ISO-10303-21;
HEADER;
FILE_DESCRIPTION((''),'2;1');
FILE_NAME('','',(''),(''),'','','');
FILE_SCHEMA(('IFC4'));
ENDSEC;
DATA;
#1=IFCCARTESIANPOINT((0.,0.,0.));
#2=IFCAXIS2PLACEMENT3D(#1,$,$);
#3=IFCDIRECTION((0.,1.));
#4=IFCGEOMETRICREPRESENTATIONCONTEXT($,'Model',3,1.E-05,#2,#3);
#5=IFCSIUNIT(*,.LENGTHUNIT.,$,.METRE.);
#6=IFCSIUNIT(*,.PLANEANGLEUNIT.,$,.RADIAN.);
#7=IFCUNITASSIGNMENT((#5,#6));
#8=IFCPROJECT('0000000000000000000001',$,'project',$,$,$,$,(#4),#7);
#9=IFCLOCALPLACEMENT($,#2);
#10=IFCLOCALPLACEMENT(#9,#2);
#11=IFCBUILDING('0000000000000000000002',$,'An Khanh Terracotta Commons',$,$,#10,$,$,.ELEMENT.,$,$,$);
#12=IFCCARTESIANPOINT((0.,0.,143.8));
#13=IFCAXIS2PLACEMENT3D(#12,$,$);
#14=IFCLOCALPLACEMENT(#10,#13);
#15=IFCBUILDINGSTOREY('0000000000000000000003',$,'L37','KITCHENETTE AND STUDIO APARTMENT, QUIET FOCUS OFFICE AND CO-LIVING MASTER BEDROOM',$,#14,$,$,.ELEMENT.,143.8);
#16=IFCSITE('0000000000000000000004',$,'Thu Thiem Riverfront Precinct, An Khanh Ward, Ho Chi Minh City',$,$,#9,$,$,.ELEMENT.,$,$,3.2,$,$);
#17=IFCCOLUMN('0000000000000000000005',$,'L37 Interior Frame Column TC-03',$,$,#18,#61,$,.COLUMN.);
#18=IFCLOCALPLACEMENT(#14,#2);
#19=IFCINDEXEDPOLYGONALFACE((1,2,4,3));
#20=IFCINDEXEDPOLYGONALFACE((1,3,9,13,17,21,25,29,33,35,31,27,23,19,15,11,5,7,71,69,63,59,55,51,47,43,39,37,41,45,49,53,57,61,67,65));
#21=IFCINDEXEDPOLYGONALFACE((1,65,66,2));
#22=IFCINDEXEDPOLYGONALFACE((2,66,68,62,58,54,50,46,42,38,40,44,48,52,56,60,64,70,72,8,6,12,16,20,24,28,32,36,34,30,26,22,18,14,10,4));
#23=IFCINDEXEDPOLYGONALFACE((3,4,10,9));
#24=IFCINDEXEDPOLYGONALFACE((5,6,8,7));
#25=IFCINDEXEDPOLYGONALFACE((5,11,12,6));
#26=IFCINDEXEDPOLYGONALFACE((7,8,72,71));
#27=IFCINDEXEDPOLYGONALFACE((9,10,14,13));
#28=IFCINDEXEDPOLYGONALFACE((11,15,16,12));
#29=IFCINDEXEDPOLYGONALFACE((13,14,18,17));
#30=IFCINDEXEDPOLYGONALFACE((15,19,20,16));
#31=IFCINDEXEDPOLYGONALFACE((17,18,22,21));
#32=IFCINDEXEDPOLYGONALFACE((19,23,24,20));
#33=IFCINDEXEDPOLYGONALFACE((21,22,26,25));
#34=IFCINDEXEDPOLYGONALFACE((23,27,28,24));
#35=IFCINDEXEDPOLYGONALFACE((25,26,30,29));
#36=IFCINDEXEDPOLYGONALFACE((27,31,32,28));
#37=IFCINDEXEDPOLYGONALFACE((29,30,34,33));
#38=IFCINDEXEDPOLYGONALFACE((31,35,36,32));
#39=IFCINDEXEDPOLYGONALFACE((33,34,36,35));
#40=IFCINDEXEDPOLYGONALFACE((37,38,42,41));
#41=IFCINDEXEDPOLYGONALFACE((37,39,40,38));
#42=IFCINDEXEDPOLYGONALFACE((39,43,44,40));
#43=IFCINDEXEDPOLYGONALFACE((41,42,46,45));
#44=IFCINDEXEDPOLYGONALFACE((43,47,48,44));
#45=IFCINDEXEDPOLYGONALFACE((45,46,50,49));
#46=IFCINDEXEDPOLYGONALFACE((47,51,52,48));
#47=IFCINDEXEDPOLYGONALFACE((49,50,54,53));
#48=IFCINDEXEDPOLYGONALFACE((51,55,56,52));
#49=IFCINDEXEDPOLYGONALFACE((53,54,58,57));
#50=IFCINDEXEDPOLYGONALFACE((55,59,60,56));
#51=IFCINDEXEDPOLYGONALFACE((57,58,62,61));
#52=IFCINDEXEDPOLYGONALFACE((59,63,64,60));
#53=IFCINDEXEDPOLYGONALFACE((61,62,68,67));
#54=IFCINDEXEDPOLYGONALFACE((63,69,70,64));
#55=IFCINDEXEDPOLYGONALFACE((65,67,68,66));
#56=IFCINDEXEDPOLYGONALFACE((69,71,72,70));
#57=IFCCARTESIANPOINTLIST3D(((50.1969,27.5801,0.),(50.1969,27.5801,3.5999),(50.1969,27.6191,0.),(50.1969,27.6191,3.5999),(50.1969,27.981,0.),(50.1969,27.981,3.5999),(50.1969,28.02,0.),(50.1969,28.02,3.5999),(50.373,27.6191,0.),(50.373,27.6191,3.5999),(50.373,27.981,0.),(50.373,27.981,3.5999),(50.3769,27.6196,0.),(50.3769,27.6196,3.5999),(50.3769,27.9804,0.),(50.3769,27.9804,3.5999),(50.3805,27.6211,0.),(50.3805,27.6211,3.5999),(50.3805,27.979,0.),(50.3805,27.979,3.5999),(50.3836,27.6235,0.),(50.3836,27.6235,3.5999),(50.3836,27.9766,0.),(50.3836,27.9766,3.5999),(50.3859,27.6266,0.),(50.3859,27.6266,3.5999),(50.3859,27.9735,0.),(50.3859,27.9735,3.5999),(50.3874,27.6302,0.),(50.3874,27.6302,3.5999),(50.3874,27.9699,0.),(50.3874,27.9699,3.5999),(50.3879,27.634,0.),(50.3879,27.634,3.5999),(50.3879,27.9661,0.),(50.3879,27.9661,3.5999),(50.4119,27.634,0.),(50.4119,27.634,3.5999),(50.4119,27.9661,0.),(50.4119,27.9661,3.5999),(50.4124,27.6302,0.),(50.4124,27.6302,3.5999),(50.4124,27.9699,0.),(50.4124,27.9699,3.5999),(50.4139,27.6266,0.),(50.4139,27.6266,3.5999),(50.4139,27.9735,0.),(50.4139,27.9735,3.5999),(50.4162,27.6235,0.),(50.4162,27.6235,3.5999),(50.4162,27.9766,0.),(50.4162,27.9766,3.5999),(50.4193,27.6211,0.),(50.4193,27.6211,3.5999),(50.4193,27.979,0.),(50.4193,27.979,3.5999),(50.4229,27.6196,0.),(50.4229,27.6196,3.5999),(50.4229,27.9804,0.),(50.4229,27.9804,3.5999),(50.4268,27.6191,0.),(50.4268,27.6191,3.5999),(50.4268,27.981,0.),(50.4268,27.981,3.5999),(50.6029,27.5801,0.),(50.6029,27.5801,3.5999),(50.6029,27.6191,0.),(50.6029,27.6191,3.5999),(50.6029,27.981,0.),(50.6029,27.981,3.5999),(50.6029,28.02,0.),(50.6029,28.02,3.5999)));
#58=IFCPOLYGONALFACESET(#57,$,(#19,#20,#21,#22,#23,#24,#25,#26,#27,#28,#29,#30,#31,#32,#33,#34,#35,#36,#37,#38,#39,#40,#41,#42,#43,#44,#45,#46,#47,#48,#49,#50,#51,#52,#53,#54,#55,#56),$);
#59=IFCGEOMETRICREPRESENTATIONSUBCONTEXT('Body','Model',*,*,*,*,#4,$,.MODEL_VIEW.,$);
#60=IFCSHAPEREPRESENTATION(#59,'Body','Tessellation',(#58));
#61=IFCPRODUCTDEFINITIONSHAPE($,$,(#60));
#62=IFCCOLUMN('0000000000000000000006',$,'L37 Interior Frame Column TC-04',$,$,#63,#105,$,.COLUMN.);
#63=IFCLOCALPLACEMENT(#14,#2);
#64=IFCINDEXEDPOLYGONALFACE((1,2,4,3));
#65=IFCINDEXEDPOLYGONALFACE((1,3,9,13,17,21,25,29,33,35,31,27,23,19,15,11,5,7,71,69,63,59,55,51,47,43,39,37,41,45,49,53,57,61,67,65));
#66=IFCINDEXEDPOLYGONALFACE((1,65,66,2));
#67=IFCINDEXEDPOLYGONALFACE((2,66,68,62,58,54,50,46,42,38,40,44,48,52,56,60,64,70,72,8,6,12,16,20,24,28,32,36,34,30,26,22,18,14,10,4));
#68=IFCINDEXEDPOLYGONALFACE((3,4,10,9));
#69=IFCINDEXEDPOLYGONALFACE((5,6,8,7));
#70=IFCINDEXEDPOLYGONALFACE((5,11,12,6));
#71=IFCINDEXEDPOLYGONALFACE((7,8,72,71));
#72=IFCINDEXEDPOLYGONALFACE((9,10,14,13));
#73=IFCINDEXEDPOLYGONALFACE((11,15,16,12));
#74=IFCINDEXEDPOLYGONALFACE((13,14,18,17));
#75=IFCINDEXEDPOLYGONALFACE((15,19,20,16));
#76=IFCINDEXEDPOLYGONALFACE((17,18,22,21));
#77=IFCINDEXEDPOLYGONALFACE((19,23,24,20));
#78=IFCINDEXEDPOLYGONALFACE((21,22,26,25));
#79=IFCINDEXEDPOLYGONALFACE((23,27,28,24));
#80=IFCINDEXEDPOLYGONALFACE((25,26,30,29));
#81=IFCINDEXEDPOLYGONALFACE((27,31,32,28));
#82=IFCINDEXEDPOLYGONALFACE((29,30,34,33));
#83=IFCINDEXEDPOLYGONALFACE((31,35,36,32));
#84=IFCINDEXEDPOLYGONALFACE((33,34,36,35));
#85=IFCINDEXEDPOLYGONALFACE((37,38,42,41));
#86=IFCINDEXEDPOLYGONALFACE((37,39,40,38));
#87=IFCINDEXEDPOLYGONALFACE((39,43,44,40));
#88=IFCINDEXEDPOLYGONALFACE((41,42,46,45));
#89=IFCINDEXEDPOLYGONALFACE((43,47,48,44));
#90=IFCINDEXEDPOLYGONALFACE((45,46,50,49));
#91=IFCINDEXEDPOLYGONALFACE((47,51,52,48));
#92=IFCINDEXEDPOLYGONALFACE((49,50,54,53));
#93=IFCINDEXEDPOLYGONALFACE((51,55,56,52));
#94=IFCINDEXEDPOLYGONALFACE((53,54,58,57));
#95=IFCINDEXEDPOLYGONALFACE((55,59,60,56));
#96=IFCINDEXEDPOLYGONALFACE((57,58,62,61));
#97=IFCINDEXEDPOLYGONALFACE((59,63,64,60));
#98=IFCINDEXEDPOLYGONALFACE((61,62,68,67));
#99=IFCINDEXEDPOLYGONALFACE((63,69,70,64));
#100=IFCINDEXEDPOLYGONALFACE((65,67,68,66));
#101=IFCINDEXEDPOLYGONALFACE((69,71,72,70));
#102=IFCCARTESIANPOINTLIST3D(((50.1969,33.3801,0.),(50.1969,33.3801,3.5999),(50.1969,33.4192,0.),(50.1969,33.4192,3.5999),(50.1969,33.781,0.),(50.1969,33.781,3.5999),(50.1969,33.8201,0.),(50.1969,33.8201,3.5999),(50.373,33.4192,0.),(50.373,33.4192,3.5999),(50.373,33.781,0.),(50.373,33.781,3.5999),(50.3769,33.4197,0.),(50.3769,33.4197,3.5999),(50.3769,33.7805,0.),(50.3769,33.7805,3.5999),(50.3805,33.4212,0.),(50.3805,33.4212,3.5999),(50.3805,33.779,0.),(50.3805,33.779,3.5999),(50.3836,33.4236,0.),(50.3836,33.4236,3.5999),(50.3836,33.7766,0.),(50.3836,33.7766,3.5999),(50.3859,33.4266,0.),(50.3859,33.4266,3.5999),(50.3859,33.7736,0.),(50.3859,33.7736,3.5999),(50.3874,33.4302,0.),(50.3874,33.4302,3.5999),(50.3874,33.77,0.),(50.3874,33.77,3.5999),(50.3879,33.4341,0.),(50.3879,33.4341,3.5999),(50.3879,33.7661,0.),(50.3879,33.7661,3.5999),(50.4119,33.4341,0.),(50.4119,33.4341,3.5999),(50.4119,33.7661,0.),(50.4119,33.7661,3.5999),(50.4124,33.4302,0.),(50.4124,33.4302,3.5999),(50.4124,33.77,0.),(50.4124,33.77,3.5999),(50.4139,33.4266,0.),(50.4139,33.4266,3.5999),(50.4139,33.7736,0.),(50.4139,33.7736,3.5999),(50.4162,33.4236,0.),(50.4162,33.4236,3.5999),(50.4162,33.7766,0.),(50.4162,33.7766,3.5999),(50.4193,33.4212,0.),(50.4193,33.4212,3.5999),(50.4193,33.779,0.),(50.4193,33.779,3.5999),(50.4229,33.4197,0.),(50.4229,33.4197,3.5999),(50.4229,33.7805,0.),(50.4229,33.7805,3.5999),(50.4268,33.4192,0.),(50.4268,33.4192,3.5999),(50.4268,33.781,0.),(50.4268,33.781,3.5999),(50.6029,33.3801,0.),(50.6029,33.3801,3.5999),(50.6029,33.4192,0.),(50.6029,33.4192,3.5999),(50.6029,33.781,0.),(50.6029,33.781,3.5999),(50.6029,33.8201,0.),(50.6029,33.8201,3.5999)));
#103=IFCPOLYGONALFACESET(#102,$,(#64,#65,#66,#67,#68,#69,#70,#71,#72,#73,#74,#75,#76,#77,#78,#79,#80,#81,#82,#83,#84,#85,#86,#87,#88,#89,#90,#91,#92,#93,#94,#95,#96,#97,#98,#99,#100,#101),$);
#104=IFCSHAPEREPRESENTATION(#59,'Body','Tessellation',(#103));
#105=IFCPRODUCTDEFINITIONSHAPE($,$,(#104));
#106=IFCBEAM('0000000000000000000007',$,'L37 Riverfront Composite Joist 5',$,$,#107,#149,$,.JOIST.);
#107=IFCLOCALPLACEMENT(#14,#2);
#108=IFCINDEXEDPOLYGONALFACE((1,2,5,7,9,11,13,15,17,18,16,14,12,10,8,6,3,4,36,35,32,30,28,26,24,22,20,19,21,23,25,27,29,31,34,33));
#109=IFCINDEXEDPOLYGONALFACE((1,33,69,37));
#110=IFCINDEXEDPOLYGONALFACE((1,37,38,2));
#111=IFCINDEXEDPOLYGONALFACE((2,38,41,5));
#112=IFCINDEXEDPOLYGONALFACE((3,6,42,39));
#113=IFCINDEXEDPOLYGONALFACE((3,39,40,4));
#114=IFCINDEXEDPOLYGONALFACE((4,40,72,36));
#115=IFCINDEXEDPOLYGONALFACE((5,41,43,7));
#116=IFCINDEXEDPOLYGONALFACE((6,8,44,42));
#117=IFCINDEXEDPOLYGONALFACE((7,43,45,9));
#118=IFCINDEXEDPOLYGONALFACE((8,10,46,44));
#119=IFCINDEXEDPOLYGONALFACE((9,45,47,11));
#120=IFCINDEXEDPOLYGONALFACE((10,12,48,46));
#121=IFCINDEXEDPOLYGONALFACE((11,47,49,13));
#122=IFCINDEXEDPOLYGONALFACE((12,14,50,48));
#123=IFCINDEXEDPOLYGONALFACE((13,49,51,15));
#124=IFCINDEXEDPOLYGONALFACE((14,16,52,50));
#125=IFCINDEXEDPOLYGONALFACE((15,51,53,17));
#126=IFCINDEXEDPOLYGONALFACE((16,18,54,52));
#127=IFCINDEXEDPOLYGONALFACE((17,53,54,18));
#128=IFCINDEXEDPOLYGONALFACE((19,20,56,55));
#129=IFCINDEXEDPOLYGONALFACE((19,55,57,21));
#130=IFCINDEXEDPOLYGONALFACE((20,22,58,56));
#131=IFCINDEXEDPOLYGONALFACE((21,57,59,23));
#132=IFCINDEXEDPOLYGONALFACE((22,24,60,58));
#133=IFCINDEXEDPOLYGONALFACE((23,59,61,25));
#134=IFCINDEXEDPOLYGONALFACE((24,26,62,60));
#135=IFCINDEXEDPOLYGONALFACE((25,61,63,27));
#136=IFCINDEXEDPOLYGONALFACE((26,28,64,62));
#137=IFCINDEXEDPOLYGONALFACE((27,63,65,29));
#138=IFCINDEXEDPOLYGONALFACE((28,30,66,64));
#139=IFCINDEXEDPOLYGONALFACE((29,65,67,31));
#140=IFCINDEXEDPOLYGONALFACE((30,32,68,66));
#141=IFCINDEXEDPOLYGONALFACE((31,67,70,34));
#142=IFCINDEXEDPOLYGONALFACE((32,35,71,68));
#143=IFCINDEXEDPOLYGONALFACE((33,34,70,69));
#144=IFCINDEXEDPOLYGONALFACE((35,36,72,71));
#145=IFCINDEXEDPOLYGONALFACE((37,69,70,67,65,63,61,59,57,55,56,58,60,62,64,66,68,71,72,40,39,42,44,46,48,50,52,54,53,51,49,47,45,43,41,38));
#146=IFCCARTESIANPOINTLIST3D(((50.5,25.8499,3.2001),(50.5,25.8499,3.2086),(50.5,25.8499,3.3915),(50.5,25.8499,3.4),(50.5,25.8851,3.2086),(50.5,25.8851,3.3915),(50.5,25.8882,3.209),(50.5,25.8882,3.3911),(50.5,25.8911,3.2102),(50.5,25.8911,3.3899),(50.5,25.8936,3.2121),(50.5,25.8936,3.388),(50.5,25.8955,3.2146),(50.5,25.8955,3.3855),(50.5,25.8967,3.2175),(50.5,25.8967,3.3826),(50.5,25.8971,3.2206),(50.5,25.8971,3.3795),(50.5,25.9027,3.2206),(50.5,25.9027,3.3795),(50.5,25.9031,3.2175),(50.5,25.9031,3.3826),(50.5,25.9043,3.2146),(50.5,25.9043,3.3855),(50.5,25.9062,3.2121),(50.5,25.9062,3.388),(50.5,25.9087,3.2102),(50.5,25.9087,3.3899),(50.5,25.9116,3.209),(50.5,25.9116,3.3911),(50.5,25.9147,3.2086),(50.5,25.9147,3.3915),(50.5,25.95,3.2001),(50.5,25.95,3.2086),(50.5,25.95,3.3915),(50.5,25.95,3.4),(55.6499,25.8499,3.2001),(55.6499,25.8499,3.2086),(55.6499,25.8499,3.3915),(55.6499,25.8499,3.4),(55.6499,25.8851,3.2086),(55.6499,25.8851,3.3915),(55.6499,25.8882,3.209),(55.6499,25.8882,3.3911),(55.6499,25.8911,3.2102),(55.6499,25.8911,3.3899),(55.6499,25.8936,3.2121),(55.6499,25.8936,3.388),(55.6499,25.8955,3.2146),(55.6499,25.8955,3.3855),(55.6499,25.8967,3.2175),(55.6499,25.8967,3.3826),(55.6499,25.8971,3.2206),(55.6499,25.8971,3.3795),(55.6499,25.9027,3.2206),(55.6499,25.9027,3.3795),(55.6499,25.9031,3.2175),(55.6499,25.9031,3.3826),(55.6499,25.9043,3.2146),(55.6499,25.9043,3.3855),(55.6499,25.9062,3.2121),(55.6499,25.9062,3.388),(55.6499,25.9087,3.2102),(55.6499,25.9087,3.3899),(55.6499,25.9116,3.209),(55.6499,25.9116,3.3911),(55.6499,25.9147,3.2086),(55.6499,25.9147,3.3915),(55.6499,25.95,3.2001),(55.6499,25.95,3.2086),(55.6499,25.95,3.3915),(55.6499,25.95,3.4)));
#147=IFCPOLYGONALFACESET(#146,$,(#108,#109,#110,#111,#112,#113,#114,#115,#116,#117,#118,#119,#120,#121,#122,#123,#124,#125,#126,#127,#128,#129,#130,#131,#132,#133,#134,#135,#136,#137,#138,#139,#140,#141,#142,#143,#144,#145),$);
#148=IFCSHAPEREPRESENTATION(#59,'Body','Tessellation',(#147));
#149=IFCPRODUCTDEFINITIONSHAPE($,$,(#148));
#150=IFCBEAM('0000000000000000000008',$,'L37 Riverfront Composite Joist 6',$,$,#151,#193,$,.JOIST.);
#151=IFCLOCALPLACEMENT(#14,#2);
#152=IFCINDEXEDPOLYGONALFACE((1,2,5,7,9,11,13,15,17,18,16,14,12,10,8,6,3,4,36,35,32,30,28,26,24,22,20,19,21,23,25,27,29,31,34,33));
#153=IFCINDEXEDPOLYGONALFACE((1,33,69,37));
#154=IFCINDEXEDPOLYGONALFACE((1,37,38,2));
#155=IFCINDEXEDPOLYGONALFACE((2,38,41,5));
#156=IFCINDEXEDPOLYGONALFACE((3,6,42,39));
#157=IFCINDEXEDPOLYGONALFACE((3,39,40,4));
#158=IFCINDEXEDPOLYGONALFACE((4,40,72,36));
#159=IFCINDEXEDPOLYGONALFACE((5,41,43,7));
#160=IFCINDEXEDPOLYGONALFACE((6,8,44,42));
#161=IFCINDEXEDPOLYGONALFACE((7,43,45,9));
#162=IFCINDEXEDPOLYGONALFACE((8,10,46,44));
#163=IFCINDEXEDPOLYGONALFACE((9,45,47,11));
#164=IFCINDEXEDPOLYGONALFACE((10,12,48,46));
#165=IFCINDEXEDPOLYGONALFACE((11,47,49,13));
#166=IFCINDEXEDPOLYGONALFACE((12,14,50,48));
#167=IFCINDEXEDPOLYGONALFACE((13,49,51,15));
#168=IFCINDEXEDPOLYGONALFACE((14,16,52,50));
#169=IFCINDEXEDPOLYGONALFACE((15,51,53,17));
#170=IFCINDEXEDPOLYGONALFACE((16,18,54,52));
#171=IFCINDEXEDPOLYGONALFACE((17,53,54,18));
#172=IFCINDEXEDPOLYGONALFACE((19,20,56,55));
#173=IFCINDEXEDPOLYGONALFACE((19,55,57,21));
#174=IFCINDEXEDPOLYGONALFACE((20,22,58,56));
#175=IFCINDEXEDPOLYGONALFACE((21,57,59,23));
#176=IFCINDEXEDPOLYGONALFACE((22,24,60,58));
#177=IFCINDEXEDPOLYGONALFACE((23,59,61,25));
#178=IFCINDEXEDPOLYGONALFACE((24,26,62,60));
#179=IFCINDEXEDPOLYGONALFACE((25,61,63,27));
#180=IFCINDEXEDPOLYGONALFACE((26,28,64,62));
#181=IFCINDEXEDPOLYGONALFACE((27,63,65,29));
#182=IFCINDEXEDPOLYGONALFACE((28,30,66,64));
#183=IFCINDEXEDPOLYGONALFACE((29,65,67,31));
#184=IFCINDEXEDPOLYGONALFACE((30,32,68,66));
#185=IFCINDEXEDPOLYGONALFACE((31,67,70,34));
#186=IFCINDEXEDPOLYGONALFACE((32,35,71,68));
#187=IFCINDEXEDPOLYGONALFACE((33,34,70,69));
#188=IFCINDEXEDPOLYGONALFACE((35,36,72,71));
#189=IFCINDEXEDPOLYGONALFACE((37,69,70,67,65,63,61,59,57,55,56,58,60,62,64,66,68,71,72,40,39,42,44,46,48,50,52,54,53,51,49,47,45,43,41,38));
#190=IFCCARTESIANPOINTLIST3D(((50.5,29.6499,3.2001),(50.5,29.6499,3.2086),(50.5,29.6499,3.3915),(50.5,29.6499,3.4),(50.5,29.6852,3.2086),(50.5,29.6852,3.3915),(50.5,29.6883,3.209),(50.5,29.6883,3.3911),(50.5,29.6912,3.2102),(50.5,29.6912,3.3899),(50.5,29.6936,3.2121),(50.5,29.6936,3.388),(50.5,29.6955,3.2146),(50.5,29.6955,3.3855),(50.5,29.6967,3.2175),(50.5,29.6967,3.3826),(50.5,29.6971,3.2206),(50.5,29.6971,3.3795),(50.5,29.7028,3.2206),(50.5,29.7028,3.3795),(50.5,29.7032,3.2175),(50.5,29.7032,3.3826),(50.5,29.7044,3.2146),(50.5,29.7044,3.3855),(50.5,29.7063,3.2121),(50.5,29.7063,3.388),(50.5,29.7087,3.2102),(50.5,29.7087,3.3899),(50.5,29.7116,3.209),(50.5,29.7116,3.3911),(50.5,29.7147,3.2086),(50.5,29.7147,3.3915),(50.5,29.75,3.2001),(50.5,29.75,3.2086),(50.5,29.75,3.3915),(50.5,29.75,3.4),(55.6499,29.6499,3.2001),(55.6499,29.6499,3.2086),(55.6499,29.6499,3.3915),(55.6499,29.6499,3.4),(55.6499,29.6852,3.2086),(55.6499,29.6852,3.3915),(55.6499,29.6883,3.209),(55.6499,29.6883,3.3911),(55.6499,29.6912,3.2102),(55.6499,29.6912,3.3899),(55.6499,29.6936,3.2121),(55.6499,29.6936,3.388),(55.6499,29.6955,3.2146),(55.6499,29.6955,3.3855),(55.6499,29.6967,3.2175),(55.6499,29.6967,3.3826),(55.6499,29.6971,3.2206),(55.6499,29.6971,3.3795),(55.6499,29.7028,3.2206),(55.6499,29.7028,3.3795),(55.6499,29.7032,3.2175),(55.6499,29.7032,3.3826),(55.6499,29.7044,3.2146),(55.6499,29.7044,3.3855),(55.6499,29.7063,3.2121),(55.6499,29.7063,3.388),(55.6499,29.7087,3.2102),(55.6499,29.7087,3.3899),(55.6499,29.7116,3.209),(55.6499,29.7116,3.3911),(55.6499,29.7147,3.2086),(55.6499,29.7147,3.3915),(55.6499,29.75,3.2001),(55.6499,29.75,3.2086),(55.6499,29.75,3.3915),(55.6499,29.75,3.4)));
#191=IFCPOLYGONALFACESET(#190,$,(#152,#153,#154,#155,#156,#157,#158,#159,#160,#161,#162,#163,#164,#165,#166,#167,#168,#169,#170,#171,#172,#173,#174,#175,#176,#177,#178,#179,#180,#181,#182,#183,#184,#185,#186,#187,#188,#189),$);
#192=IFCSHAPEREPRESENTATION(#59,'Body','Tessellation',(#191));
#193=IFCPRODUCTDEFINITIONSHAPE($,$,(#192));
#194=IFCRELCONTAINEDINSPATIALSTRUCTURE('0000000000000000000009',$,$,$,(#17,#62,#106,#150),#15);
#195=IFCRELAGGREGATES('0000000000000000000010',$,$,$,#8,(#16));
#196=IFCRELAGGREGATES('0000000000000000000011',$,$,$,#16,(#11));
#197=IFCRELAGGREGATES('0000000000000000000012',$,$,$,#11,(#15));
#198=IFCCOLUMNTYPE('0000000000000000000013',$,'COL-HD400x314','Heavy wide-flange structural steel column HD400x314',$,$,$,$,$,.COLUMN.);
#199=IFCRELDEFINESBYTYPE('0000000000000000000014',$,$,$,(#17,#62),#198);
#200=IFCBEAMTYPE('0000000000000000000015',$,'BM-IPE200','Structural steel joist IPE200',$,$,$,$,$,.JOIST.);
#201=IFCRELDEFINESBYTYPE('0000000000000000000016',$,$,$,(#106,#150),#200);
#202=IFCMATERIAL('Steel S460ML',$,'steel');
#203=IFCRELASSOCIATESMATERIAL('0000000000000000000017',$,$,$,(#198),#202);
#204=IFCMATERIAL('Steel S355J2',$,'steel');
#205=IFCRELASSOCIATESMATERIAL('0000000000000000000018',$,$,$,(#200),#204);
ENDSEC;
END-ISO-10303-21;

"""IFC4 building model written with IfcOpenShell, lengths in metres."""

from ifc_helpers import new_model, si_unit, direction, frame, origin, origin_2d, place, context, subcontext, project, spatial, i_section, extrude, material, material_profile, profile_set, type_object, element, save


model = new_model("IFC4")

# Units and contexts
model_context = context("Model", 3, precision=1e-05, world=origin(), true_north=direction((0.0, 1.0)))
body_context = subcontext(model_context, "Body", "Model", "MODEL_VIEW")
ifc_project = project(units=[si_unit("LENGTHUNIT", "METRE"), si_unit("PLANEANGLEUNIT", "RADIAN")], contexts=[model_context])

# Site, building, storey
site_placement = place(None, origin())
site = spatial("IfcSite", under=ifc_project, at=site_placement, Name="Thu Thiem Riverfront Precinct, An Khanh Ward, Ho Chi Minh City", CompositionType="ELEMENT", RefElevation=3.2)
building_placement = place(site_placement, origin())
building = spatial("IfcBuilding", under=site, at=building_placement, Name="An Khanh Terracotta Commons", CompositionType="ELEMENT")
storey_placement = place(building_placement, frame((0.0, 0.0, 143.8)))
storey = spatial("IfcBuildingStorey", under=building, at=storey_placement, Name="L37", Description="KITCHENETTE AND STUDIO APARTMENT, QUIET FOCUS OFFICE AND CO-LIVING MASTER BEDROOM", CompositionType="ELEMENT", Elevation=143.8)

# Columns
ifc_material_1 = material(Name="Steel S460ML", Category="steel")
ifc_material_profile_1 = material_profile(ifc_material_1, i_section(OverallWidth=0.406, OverallDepth=0.4399, WebThickness=0.0239, FlangeThickness=0.0391, FilletRadius=0.0149, at=origin_2d()), Name="HD400x314")
ifc_profile_set_1 = profile_set([ifc_material_profile_1], Name="Steel S460ML")
column_type = type_object("IfcColumnType", Name="COL-HD400x314", Description="Heavy wide-flange structural steel column HD400x314", PredefinedType="COLUMN", material=ifc_profile_set_1)
for number, where, z_axis, x_axis, name in (
    (1, (50.3999, 27.8, 0.0), (0.0, 0.0, 1.0), (1.0, 0.0, 0.0), "L37 Interior Frame Column TC-03"),
    (2, (50.3999, 33.6001, 0.0), (0.0, 0.0, 1.0), (1.0, 0.0, 0.0), "L37 Interior Frame Column TC-04"),
):
    element("IfcColumn", number, at=place(storey_placement, frame(where, z_axis=z_axis, x_axis=x_axis)), inside=storey, type_object=column_type, Name=name, PredefinedType="COLUMN", context=body_context, shape_type="SweptSolid", body=[
        extrude(i_section(OverallWidth=0.406, OverallDepth=0.4399, WebThickness=0.0239, FlangeThickness=0.0391, FilletRadius=0.0149, at=origin_2d()), origin(), (0.0, 0.0, 1.0), 3.5999),
    ])

# Beams
ifc_material_2 = material(Name="Steel S355J2", Category="steel")
ifc_material_profile_2 = material_profile(ifc_material_2, i_section(OverallWidth=0.1001, OverallDepth=0.2, WebThickness=0.0056, FlangeThickness=0.0085, FilletRadius=0.012, at=origin_2d()), Name="IPE200")
ifc_profile_set_2 = profile_set([ifc_material_profile_2], Name="Steel S355J2")
beam_type_1 = type_object("IfcBeamType", Name="BM-IPE200", Description="Structural steel joist IPE200", PredefinedType="JOIST", material=ifc_profile_set_2)
for number, where, z_axis, x_axis, name in (
    (3, (50.5, 25.8999, 3.3), (1.0, 0.0, 0.0), (0.0, 1.0, 0.0), "L37 Riverfront Composite Joist 5"),
    (4, (50.5, 29.7, 3.3), (1.0, 0.0, 0.0), (0.0, 1.0, 0.0), "L37 Riverfront Composite Joist 6"),
):
    element("IfcBeam", number, at=place(storey_placement, frame(where, z_axis=z_axis, x_axis=x_axis)), inside=storey, type_object=beam_type_1, Name=name, PredefinedType="JOIST", context=body_context, shape_type="SweptSolid", body=[
        extrude(i_section(OverallWidth=0.1001, OverallDepth=0.2, WebThickness=0.0056, FlangeThickness=0.0085, FilletRadius=0.012, at=origin_2d()), origin(), (0.0, 0.0, 1.0), 5.1499),
    ])

save(model, "model.ifc")
